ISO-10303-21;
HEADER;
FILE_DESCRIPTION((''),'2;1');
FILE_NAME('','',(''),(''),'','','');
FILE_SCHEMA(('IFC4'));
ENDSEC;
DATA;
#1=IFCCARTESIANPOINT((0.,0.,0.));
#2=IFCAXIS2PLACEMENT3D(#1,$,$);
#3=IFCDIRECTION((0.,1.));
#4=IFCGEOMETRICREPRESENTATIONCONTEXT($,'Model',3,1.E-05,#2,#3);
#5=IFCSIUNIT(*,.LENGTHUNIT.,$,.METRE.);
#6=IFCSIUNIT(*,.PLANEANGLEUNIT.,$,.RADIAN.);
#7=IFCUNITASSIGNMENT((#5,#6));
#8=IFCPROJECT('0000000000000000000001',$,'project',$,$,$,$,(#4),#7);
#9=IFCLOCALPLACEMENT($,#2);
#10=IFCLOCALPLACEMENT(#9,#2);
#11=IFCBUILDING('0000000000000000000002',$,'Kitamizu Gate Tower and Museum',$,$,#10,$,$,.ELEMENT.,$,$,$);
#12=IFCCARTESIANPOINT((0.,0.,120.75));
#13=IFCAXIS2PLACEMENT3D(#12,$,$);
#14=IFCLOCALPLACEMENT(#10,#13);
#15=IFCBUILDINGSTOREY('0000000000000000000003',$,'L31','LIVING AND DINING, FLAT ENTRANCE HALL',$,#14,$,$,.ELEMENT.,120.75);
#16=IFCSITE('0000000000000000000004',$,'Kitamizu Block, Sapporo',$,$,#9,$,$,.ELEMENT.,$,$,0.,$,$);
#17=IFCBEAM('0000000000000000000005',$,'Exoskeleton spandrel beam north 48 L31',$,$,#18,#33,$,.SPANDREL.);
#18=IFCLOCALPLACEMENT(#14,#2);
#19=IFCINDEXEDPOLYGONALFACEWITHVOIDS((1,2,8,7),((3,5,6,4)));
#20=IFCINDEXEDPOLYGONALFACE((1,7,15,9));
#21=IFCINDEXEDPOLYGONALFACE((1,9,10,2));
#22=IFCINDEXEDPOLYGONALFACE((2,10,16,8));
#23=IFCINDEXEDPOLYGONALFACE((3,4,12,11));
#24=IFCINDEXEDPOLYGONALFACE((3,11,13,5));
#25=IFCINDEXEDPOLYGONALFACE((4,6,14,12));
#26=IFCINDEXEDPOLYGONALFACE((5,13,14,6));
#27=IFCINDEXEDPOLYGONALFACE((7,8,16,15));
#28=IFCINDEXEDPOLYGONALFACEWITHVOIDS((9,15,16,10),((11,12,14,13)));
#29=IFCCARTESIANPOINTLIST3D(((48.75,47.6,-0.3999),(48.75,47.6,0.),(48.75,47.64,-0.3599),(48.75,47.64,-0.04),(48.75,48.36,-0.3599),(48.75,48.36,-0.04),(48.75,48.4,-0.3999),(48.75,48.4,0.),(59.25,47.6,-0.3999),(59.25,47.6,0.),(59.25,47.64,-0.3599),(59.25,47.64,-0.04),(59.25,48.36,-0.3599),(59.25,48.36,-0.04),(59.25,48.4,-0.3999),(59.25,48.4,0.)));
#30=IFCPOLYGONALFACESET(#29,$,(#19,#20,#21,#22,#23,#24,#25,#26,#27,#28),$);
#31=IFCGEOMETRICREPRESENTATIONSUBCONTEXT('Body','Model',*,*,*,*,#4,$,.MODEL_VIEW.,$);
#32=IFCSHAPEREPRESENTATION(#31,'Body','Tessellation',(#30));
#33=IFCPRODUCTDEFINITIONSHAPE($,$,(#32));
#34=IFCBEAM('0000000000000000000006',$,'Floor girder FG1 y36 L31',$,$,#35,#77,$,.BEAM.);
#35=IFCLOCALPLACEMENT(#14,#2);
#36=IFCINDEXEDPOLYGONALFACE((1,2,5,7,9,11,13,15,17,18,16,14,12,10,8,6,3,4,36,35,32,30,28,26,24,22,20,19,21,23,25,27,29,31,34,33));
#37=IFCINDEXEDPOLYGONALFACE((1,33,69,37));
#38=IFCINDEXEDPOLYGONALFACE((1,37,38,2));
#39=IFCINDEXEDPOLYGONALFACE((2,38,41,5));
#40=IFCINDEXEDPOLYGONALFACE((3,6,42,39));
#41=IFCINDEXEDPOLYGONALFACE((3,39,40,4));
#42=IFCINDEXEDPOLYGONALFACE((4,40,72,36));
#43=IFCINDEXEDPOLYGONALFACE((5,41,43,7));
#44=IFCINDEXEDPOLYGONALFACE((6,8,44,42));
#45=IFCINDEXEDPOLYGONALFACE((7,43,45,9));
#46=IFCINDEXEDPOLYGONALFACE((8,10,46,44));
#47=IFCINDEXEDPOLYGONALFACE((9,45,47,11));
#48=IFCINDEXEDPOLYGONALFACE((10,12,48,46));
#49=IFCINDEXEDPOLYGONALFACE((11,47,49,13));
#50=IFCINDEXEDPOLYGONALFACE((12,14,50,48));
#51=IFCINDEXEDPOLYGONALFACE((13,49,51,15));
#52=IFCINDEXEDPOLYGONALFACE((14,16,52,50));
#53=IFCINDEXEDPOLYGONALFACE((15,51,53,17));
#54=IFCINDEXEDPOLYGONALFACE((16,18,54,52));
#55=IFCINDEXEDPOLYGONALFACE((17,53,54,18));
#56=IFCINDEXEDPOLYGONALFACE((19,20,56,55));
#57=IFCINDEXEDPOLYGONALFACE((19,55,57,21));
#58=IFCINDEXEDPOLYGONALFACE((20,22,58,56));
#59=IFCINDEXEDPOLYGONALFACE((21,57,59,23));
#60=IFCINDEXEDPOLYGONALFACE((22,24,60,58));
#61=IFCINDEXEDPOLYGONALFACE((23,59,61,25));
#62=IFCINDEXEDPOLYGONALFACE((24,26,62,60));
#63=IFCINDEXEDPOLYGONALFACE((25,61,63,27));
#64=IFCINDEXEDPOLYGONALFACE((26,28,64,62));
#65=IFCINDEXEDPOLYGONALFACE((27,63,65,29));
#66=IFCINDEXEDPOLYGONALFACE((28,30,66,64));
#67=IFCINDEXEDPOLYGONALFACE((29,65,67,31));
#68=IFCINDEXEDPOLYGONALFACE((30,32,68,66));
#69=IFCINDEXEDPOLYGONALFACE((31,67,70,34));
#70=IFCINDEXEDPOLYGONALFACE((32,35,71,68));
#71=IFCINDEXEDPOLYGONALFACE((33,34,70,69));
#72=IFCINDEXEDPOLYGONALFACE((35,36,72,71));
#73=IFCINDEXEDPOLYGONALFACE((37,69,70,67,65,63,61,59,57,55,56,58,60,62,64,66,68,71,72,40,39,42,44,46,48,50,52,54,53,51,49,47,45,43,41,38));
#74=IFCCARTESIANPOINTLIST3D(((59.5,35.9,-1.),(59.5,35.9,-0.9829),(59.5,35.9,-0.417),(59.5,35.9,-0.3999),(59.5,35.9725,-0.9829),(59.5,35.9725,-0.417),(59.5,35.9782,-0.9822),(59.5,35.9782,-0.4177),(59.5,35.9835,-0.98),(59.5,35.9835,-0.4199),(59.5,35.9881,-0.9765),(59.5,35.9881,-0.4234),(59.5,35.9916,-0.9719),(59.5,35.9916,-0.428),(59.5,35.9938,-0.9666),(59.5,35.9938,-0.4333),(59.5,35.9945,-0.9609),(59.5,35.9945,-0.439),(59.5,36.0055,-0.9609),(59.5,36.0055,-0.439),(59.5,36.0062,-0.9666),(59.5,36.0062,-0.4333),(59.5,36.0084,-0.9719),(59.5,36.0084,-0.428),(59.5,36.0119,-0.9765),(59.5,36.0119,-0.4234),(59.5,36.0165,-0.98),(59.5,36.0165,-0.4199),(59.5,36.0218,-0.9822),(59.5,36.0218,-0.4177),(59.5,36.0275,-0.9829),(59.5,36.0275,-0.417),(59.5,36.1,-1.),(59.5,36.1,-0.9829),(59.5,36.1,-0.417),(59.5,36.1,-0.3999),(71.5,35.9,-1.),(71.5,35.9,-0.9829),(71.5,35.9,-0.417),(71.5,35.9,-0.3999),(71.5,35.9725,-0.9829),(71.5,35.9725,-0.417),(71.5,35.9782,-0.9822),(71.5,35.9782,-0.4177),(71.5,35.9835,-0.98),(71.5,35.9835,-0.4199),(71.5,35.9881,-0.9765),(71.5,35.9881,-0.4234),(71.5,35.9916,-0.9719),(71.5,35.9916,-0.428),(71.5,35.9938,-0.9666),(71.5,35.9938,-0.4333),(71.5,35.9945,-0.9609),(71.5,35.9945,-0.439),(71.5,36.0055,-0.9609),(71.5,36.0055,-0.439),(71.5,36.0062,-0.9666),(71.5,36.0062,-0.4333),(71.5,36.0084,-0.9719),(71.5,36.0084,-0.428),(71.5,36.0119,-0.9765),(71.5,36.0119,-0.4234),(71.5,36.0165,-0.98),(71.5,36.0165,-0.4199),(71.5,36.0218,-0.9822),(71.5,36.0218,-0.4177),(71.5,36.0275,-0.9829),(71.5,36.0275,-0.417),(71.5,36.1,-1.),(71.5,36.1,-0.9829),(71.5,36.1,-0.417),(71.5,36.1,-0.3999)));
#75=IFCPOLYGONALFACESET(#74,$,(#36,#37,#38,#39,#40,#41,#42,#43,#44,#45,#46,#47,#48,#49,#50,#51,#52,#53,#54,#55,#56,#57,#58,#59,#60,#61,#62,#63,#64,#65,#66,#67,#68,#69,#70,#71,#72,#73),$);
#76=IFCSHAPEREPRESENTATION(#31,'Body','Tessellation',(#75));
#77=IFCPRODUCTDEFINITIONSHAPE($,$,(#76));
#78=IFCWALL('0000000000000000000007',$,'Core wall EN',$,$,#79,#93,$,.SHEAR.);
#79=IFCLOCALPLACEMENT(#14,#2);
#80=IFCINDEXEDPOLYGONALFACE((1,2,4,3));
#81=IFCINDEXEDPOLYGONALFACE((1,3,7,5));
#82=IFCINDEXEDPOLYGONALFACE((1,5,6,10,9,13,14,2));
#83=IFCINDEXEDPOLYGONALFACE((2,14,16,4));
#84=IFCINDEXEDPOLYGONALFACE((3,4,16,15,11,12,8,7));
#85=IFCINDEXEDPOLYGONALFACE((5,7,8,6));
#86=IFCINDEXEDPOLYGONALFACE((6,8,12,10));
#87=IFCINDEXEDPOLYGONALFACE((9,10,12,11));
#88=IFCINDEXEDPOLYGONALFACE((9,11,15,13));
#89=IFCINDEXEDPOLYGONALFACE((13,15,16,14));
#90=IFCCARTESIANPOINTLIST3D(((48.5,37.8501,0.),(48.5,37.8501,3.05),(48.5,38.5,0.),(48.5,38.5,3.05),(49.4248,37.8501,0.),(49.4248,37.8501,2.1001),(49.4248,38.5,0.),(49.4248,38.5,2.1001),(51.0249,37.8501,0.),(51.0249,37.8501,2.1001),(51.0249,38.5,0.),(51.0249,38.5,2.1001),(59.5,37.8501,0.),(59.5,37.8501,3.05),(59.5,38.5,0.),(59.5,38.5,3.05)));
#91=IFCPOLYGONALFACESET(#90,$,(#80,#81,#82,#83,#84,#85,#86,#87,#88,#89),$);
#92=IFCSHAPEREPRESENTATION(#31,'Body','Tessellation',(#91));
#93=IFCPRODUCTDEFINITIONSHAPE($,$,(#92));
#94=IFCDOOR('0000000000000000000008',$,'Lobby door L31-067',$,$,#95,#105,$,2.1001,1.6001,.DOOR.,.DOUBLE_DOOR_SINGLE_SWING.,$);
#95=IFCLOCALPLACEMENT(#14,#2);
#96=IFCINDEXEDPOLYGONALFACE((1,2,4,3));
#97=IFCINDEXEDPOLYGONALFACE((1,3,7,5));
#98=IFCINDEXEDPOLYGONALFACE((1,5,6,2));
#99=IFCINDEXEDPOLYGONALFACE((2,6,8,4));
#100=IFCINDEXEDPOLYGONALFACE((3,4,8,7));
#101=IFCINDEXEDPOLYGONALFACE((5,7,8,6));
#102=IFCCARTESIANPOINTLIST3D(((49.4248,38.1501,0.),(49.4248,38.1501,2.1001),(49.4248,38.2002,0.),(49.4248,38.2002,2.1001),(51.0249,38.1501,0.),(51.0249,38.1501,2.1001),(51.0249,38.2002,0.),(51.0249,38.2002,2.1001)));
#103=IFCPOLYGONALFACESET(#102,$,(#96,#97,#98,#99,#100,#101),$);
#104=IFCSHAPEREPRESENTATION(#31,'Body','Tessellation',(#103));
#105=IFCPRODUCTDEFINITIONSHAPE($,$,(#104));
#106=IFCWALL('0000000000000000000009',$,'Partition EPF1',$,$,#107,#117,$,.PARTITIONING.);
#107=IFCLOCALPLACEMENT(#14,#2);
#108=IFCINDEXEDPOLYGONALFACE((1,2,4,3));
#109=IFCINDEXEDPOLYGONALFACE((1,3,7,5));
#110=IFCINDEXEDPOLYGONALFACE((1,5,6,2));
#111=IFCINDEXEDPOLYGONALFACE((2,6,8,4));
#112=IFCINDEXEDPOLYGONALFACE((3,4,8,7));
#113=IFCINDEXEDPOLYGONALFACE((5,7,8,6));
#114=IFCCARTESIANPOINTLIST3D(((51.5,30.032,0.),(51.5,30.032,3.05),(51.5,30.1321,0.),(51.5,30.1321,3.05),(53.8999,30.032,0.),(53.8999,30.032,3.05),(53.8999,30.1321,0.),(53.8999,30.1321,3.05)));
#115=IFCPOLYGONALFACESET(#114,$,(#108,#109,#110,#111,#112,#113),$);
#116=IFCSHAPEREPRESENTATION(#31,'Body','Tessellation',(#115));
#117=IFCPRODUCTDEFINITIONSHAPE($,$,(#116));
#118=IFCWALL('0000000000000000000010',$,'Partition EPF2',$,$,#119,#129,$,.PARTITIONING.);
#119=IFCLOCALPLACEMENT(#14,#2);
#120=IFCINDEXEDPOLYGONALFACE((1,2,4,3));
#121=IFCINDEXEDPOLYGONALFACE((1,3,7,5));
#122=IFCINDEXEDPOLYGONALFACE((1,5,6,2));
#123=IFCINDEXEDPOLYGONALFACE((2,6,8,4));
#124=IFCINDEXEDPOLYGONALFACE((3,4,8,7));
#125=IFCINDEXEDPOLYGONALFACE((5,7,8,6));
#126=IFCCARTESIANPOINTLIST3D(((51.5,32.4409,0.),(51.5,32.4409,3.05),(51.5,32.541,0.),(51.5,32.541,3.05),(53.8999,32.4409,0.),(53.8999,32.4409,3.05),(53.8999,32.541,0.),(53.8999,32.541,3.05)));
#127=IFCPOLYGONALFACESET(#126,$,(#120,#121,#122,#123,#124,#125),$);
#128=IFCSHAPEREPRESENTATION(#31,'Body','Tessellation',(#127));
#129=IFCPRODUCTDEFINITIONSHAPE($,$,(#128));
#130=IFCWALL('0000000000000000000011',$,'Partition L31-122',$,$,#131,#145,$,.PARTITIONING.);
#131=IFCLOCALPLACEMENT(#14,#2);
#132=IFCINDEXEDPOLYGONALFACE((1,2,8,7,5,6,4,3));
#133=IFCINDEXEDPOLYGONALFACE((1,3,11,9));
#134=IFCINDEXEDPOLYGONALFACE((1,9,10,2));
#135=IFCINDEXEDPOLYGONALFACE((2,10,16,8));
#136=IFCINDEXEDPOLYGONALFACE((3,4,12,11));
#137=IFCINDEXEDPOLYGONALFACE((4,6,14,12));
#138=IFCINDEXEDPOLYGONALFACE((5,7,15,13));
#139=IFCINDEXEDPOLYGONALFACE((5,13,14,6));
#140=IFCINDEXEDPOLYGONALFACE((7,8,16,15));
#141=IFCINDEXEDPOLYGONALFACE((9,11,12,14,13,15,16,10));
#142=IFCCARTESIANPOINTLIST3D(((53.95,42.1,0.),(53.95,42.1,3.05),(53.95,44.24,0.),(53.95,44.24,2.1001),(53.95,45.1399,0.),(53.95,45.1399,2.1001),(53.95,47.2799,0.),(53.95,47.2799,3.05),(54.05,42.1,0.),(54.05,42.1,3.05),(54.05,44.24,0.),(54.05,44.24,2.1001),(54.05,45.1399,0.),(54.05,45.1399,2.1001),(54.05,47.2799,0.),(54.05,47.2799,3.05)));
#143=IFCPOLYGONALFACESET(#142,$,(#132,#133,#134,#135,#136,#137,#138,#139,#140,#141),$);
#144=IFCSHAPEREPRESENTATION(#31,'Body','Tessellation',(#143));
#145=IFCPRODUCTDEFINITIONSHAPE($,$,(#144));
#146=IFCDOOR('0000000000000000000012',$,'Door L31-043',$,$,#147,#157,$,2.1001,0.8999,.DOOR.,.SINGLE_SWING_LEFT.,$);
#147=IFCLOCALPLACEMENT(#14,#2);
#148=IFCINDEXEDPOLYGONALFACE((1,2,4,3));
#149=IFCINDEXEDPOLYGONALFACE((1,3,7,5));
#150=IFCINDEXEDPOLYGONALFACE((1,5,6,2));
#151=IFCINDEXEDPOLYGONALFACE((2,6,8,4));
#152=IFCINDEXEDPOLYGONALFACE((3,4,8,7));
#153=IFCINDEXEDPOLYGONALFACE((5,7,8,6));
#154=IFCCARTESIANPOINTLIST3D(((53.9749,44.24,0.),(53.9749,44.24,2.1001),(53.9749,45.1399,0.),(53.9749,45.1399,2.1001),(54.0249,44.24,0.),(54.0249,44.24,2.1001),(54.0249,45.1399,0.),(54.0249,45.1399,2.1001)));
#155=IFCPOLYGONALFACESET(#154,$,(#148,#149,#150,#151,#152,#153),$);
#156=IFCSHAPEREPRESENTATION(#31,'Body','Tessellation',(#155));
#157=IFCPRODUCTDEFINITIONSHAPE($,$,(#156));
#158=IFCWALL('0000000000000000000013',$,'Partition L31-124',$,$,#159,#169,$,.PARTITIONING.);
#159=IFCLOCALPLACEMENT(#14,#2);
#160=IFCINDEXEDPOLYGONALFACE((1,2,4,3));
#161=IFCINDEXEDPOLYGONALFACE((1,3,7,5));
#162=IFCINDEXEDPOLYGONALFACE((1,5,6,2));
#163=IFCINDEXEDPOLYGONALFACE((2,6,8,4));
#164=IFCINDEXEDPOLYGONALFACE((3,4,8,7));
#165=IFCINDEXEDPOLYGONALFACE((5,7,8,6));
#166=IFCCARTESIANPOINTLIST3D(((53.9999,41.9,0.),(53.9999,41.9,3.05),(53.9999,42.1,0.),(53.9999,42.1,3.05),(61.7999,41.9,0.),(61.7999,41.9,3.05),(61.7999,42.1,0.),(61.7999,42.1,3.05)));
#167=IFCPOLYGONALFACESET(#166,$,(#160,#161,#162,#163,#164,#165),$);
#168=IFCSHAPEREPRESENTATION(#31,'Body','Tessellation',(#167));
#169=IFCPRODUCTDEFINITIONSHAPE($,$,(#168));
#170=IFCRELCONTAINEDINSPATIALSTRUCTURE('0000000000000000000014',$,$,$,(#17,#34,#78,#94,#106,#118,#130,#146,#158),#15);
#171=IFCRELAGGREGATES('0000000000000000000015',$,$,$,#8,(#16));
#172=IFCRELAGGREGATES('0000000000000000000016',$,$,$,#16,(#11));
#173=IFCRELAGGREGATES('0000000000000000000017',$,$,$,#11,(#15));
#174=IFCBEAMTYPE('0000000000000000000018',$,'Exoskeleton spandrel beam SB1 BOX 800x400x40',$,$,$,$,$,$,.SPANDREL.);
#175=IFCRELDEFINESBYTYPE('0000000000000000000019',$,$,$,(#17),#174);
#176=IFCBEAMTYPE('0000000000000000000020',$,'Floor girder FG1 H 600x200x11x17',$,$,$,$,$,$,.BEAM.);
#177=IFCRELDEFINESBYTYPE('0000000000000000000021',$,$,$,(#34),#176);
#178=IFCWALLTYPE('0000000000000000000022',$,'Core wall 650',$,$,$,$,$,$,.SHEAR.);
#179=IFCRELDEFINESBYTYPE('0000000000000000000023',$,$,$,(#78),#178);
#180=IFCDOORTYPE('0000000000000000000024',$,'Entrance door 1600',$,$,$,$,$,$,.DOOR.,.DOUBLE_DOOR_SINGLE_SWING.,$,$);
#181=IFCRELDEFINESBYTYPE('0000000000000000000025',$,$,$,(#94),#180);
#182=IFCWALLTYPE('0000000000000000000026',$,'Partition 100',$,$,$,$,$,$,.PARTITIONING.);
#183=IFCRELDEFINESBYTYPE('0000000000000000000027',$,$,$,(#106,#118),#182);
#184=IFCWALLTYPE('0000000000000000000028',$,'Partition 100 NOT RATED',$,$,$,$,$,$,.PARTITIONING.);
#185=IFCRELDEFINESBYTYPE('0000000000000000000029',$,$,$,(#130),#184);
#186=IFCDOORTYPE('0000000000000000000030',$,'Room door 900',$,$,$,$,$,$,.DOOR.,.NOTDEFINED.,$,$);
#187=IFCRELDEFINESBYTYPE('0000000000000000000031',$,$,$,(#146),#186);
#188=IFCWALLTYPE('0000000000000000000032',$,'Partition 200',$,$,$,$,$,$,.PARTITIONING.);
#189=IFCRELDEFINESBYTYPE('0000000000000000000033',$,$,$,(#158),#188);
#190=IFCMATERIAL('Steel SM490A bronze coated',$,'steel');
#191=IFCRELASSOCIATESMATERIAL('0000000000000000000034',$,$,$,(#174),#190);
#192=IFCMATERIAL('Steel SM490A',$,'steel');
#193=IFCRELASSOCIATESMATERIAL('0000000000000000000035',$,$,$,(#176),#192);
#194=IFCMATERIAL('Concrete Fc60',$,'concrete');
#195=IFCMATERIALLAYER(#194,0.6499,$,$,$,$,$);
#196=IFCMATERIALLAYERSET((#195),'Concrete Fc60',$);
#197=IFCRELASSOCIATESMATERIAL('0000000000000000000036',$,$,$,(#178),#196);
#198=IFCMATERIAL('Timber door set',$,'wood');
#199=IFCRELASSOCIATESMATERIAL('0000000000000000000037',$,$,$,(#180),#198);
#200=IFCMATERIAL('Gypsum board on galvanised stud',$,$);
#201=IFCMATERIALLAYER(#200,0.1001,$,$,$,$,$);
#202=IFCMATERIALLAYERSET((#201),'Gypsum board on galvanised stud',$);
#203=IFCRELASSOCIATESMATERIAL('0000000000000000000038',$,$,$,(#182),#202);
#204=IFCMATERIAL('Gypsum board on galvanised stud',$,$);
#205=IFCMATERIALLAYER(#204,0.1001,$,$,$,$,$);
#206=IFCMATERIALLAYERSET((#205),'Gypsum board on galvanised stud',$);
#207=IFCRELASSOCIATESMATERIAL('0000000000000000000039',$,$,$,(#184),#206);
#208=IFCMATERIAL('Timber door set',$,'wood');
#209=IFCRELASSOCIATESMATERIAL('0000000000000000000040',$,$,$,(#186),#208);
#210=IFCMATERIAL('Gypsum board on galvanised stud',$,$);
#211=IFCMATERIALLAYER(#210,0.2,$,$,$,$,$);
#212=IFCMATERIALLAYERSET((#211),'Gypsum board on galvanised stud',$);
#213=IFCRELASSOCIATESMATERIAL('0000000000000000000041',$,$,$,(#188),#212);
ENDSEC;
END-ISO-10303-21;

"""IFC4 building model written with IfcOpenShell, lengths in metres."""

from ifc_helpers import new_model, si_unit, direction, frame, frame_2d, origin, origin_2d, place, context, subcontext, project, spatial, rectangle, hollow_rectangle, i_section, extrude, material, layer, layer_set, material_profile, profile_set, type_object, element, fill, save


model = new_model("IFC4")

# Units and contexts
model_context = context("Model", 3, precision=1e-05, world=origin(), true_north=direction((0.0, 1.0)))
body_context = subcontext(model_context, "Body", "Model", "MODEL_VIEW")
ifc_project = project(units=[si_unit("LENGTHUNIT", "METRE"), si_unit("PLANEANGLEUNIT", "RADIAN")], contexts=[model_context])

# Site, building, storey
site_placement = place(None, origin())
site = spatial("IfcSite", under=ifc_project, at=site_placement, Name="Kitamizu Block, Sapporo", CompositionType="ELEMENT", RefElevation=0.0)
building_placement = place(site_placement, origin())
building = spatial("IfcBuilding", under=site, at=building_placement, Name="Kitamizu Gate Tower and Museum", CompositionType="ELEMENT")
storey_placement = place(building_placement, frame((0.0, 0.0, 120.75)))
storey = spatial("IfcBuildingStorey", under=building, at=storey_placement, Name="L31", Description="LIVING AND DINING, FLAT ENTRANCE HALL", CompositionType="ELEMENT", Elevation=120.75)

# Beams
ifc_material_1 = material(Name="Steel SM490A bronze coated", Category="steel")
ifc_material_profile_1 = material_profile(ifc_material_1, hollow_rectangle(XDim=0.8, YDim=0.3999, WallThickness=0.04, at=origin_2d()), Name="BOX 800x400x40")
ifc_profile_set_1 = profile_set([ifc_material_profile_1], Name="Steel SM490A bronze coated")
beam_type_1 = type_object("IfcBeamType", Name="Exoskeleton spandrel beam SB1 BOX 800x400x40", PredefinedType="SPANDREL", material=ifc_profile_set_1)
beam_1_placement = place(storey_placement, frame((48.75, 48.0, -0.2), z_axis=(1.0, 0.0, 0.0), x_axis=(0.0, 1.0, 0.0)))
element("IfcBeam", 1, at=beam_1_placement, inside=storey, type_object=beam_type_1, Name="Exoskeleton spandrel beam north 48 L31", PredefinedType="SPANDREL", context=body_context, shape_type="SweptSolid", body=[
    extrude(hollow_rectangle(XDim=0.8, YDim=0.3999, WallThickness=0.04, at=origin_2d()), origin(), (0.0, 0.0, 1.0), 10.5),
])
ifc_material_2 = material(Name="Steel SM490A", Category="steel")
ifc_material_profile_2 = material_profile(ifc_material_2, i_section(OverallWidth=0.2, OverallDepth=0.6001, WebThickness=0.011, FlangeThickness=0.0171, FilletRadius=0.022, at=origin_2d()), Name="H-600x200x11x17")
ifc_profile_set_2 = profile_set([ifc_material_profile_2], Name="Steel SM490A")
beam_type_2 = type_object("IfcBeamType", Name="Floor girder FG1 H 600x200x11x17", PredefinedType="BEAM", material=ifc_profile_set_2)
beam_2_placement = place(storey_placement, frame((59.5, 36.0, -0.7), z_axis=(1.0, 0.0, 0.0), x_axis=(0.0, 1.0, 0.0)))
element("IfcBeam", 2, at=beam_2_placement, inside=storey, type_object=beam_type_2, Name="Floor girder FG1 y36 L31", PredefinedType="BEAM", context=body_context, shape_type="SweptSolid", body=[
    extrude(i_section(OverallWidth=0.2, OverallDepth=0.6001, WebThickness=0.011, FlangeThickness=0.0171, FilletRadius=0.022, at=origin_2d()), origin(), (0.0, 0.0, 1.0), 12.0),
])

# Wall, opening, door
ifc_material_3 = material(Name="Concrete Fc60", Category="concrete")
ifc_layer_1 = layer(ifc_material_3, 0.6499)
ifc_layer_set_1 = layer_set([ifc_layer_1], Name="Concrete Fc60")
wall_type_1 = type_object("IfcWallType", Name="Core wall 650", PredefinedType="SHEAR", material=ifc_layer_set_1)
wall_1_placement = place(storey_placement, frame((59.5, 38.175, 0.0), z_axis=(0.0, 0.0, 1.0), x_axis=(-1.0, 0.0, 0.0)))
wall_1 = element("IfcWall", 3, at=wall_1_placement, inside=storey, type_object=wall_type_1, Name="Core wall EN", PredefinedType="SHEAR", context=body_context, shape_type="SweptSolid", body=[
    extrude(rectangle(XDim=11.0, YDim=0.6499, at=frame_2d((5.5, 0.0))), origin(), (0.0, 0.0, 1.0), 3.05),
])
opening_1_placement = place(wall_1_placement, frame((8.4751, 0.0, 0.0)))
opening_1 = element("IfcOpeningElement", 4, at=opening_1_placement, cuts=wall_1, PredefinedType="OPENING", context=body_context, shape_type="SweptSolid", body=[
    extrude(rectangle(XDim=1.6001, YDim=2.1001, at=frame_2d((0.8, 1.05))), frame((0.0, 0.335, 0.0), z_axis=(0.0, -1.0, 0.0), x_axis=(1.0, 0.0, 0.0)), (0.0, 0.0, 1.0), 0.6699),
])
ifc_material_4 = material(Name="Timber door set", Category="wood")
door_type_1 = type_object("IfcDoorType", Name="Entrance door 1600", OperationType="DOUBLE_DOOR_SINGLE_SWING", PredefinedType="DOOR", material=ifc_material_4)
door_1_placement = place(opening_1_placement, origin())
door_1 = element("IfcDoor", 5, at=door_1_placement, inside=storey, type_object=door_type_1, Name="Lobby door L31-067", OperationType="DOUBLE_DOOR_SINGLE_SWING", OverallHeight=2.1001, OverallWidth=1.6001, PredefinedType="DOOR", context=body_context, shape_type="SweptSolid", body=[
    extrude(rectangle(XDim=1.6001, YDim=2.1001, at=frame_2d((0.8, 1.05))), frame((0.0, 0.0249, 0.0), z_axis=(0.0, -1.0, 0.0), x_axis=(1.0, 0.0, 0.0)), (0.0, 0.0, 1.0), 0.05),
])
fill(opening_1, door_1)

# Walls
ifc_material_5 = material(Name="Gypsum board on galvanised stud")
ifc_layer_2 = layer(ifc_material_5, 0.1001)
ifc_layer_set_2 = layer_set([ifc_layer_2], Name="Gypsum board on galvanised stud")
wall_type_2 = type_object("IfcWallType", Name="Partition 100", PredefinedType="PARTITIONING", material=ifc_layer_set_2)
for number, where, z_axis, x_axis, name in (
    (6, (53.8999, 30.082, 0.0), (0.0, 0.0, 1.0), (-1.0, 0.0, 0.0), "Partition EPF1"),
    (7, (53.8999, 32.491, 0.0), (0.0, 0.0, 1.0), (-1.0, 0.0, 0.0), "Partition EPF2"),
):
    element("IfcWall", number, at=place(storey_placement, frame(where, z_axis=z_axis, x_axis=x_axis)), inside=storey, type_object=wall_type_2, Name=name, PredefinedType="PARTITIONING", context=body_context, shape_type="SweptSolid", body=[
        extrude(rectangle(XDim=2.3999, YDim=0.1001, at=frame_2d((1.2, 0.0))), origin(), (0.0, 0.0, 1.0), 3.05),
    ])

# Wall, opening, door
ifc_material_6 = material(Name="Gypsum board on galvanised stud")
ifc_layer_3 = layer(ifc_material_6, 0.1001)
ifc_layer_set_3 = layer_set([ifc_layer_3], Name="Gypsum board on galvanised stud")
wall_type_3 = type_object("IfcWallType", Name="Partition 100 NOT RATED", PredefinedType="PARTITIONING", material=ifc_layer_set_3)
wall_2_placement = place(storey_placement, frame((54.0, 42.1001, 0.0), z_axis=(0.0, 0.0, 1.0), x_axis=(0.0, 1.0, 0.0)))
wall_2 = element("IfcWall", 8, at=wall_2_placement, inside=storey, type_object=wall_type_3, Name="Partition L31-122", PredefinedType="PARTITIONING", context=body_context, shape_type="SweptSolid", body=[
    extrude(rectangle(XDim=5.1799, YDim=0.1001, at=frame_2d((2.5898, 0.0))), origin(), (0.0, 0.0, 1.0), 3.05),
])
opening_2_placement = place(wall_2_placement, frame((2.1399, 0.0, 0.0)))
opening_2 = element("IfcOpeningElement", 9, at=opening_2_placement, cuts=wall_2, PredefinedType="OPENING", context=body_context, shape_type="SweptSolid", body=[
    extrude(rectangle(XDim=0.8999, YDim=2.1001, at=frame_2d((0.45, 1.05))), frame((0.0, 0.0601, 0.0), z_axis=(0.0, -1.0, 0.0), x_axis=(1.0, 0.0, 0.0)), (0.0, 0.0, 1.0), 0.1201),
])
ifc_material_7 = material(Name="Timber door set", Category="wood")
door_type_2 = type_object("IfcDoorType", Name="Room door 900", OperationType="NOTDEFINED", PredefinedType="DOOR", material=ifc_material_7)
door_2_placement = place(opening_2_placement, frame((0.8999, 0.0, 0.0), x_axis=(-1.0, 0.0, 0.0)))
door_2 = element("IfcDoor", 10, at=door_2_placement, inside=storey, type_object=door_type_2, Name="Door L31-043", OperationType="SINGLE_SWING_LEFT", OverallHeight=2.1001, OverallWidth=0.8999, PredefinedType="DOOR", context=body_context, shape_type="SweptSolid", body=[
    extrude(rectangle(XDim=0.8999, YDim=2.1001, at=frame_2d((0.45, 1.05))), frame((0.0, 0.0249, 0.0), z_axis=(0.0, -1.0, 0.0), x_axis=(1.0, 0.0, 0.0)), (0.0, 0.0, 1.0), 0.05),
])
fill(opening_2, door_2)

# Wall
ifc_material_8 = material(Name="Gypsum board on galvanised stud")
ifc_layer_4 = layer(ifc_material_8, 0.2)
ifc_layer_set_4 = layer_set([ifc_layer_4], Name="Gypsum board on galvanised stud")
wall_type_4 = type_object("IfcWallType", Name="Partition 200", PredefinedType="PARTITIONING", material=ifc_layer_set_4)
wall_3_placement = place(storey_placement, frame((54.0, 42.0, 0.0), z_axis=(0.0, 0.0, 1.0), x_axis=(1.0, 0.0, 0.0)))
element("IfcWall", 11, at=wall_3_placement, inside=storey, type_object=wall_type_4, Name="Partition L31-124", PredefinedType="PARTITIONING", context=body_context, shape_type="SweptSolid", body=[
    extrude(rectangle(XDim=7.8, YDim=0.2, at=frame_2d((3.8999, 0.0))), origin(), (0.0, 0.0, 1.0), 3.05),
])

save(model, "model.ifc")
